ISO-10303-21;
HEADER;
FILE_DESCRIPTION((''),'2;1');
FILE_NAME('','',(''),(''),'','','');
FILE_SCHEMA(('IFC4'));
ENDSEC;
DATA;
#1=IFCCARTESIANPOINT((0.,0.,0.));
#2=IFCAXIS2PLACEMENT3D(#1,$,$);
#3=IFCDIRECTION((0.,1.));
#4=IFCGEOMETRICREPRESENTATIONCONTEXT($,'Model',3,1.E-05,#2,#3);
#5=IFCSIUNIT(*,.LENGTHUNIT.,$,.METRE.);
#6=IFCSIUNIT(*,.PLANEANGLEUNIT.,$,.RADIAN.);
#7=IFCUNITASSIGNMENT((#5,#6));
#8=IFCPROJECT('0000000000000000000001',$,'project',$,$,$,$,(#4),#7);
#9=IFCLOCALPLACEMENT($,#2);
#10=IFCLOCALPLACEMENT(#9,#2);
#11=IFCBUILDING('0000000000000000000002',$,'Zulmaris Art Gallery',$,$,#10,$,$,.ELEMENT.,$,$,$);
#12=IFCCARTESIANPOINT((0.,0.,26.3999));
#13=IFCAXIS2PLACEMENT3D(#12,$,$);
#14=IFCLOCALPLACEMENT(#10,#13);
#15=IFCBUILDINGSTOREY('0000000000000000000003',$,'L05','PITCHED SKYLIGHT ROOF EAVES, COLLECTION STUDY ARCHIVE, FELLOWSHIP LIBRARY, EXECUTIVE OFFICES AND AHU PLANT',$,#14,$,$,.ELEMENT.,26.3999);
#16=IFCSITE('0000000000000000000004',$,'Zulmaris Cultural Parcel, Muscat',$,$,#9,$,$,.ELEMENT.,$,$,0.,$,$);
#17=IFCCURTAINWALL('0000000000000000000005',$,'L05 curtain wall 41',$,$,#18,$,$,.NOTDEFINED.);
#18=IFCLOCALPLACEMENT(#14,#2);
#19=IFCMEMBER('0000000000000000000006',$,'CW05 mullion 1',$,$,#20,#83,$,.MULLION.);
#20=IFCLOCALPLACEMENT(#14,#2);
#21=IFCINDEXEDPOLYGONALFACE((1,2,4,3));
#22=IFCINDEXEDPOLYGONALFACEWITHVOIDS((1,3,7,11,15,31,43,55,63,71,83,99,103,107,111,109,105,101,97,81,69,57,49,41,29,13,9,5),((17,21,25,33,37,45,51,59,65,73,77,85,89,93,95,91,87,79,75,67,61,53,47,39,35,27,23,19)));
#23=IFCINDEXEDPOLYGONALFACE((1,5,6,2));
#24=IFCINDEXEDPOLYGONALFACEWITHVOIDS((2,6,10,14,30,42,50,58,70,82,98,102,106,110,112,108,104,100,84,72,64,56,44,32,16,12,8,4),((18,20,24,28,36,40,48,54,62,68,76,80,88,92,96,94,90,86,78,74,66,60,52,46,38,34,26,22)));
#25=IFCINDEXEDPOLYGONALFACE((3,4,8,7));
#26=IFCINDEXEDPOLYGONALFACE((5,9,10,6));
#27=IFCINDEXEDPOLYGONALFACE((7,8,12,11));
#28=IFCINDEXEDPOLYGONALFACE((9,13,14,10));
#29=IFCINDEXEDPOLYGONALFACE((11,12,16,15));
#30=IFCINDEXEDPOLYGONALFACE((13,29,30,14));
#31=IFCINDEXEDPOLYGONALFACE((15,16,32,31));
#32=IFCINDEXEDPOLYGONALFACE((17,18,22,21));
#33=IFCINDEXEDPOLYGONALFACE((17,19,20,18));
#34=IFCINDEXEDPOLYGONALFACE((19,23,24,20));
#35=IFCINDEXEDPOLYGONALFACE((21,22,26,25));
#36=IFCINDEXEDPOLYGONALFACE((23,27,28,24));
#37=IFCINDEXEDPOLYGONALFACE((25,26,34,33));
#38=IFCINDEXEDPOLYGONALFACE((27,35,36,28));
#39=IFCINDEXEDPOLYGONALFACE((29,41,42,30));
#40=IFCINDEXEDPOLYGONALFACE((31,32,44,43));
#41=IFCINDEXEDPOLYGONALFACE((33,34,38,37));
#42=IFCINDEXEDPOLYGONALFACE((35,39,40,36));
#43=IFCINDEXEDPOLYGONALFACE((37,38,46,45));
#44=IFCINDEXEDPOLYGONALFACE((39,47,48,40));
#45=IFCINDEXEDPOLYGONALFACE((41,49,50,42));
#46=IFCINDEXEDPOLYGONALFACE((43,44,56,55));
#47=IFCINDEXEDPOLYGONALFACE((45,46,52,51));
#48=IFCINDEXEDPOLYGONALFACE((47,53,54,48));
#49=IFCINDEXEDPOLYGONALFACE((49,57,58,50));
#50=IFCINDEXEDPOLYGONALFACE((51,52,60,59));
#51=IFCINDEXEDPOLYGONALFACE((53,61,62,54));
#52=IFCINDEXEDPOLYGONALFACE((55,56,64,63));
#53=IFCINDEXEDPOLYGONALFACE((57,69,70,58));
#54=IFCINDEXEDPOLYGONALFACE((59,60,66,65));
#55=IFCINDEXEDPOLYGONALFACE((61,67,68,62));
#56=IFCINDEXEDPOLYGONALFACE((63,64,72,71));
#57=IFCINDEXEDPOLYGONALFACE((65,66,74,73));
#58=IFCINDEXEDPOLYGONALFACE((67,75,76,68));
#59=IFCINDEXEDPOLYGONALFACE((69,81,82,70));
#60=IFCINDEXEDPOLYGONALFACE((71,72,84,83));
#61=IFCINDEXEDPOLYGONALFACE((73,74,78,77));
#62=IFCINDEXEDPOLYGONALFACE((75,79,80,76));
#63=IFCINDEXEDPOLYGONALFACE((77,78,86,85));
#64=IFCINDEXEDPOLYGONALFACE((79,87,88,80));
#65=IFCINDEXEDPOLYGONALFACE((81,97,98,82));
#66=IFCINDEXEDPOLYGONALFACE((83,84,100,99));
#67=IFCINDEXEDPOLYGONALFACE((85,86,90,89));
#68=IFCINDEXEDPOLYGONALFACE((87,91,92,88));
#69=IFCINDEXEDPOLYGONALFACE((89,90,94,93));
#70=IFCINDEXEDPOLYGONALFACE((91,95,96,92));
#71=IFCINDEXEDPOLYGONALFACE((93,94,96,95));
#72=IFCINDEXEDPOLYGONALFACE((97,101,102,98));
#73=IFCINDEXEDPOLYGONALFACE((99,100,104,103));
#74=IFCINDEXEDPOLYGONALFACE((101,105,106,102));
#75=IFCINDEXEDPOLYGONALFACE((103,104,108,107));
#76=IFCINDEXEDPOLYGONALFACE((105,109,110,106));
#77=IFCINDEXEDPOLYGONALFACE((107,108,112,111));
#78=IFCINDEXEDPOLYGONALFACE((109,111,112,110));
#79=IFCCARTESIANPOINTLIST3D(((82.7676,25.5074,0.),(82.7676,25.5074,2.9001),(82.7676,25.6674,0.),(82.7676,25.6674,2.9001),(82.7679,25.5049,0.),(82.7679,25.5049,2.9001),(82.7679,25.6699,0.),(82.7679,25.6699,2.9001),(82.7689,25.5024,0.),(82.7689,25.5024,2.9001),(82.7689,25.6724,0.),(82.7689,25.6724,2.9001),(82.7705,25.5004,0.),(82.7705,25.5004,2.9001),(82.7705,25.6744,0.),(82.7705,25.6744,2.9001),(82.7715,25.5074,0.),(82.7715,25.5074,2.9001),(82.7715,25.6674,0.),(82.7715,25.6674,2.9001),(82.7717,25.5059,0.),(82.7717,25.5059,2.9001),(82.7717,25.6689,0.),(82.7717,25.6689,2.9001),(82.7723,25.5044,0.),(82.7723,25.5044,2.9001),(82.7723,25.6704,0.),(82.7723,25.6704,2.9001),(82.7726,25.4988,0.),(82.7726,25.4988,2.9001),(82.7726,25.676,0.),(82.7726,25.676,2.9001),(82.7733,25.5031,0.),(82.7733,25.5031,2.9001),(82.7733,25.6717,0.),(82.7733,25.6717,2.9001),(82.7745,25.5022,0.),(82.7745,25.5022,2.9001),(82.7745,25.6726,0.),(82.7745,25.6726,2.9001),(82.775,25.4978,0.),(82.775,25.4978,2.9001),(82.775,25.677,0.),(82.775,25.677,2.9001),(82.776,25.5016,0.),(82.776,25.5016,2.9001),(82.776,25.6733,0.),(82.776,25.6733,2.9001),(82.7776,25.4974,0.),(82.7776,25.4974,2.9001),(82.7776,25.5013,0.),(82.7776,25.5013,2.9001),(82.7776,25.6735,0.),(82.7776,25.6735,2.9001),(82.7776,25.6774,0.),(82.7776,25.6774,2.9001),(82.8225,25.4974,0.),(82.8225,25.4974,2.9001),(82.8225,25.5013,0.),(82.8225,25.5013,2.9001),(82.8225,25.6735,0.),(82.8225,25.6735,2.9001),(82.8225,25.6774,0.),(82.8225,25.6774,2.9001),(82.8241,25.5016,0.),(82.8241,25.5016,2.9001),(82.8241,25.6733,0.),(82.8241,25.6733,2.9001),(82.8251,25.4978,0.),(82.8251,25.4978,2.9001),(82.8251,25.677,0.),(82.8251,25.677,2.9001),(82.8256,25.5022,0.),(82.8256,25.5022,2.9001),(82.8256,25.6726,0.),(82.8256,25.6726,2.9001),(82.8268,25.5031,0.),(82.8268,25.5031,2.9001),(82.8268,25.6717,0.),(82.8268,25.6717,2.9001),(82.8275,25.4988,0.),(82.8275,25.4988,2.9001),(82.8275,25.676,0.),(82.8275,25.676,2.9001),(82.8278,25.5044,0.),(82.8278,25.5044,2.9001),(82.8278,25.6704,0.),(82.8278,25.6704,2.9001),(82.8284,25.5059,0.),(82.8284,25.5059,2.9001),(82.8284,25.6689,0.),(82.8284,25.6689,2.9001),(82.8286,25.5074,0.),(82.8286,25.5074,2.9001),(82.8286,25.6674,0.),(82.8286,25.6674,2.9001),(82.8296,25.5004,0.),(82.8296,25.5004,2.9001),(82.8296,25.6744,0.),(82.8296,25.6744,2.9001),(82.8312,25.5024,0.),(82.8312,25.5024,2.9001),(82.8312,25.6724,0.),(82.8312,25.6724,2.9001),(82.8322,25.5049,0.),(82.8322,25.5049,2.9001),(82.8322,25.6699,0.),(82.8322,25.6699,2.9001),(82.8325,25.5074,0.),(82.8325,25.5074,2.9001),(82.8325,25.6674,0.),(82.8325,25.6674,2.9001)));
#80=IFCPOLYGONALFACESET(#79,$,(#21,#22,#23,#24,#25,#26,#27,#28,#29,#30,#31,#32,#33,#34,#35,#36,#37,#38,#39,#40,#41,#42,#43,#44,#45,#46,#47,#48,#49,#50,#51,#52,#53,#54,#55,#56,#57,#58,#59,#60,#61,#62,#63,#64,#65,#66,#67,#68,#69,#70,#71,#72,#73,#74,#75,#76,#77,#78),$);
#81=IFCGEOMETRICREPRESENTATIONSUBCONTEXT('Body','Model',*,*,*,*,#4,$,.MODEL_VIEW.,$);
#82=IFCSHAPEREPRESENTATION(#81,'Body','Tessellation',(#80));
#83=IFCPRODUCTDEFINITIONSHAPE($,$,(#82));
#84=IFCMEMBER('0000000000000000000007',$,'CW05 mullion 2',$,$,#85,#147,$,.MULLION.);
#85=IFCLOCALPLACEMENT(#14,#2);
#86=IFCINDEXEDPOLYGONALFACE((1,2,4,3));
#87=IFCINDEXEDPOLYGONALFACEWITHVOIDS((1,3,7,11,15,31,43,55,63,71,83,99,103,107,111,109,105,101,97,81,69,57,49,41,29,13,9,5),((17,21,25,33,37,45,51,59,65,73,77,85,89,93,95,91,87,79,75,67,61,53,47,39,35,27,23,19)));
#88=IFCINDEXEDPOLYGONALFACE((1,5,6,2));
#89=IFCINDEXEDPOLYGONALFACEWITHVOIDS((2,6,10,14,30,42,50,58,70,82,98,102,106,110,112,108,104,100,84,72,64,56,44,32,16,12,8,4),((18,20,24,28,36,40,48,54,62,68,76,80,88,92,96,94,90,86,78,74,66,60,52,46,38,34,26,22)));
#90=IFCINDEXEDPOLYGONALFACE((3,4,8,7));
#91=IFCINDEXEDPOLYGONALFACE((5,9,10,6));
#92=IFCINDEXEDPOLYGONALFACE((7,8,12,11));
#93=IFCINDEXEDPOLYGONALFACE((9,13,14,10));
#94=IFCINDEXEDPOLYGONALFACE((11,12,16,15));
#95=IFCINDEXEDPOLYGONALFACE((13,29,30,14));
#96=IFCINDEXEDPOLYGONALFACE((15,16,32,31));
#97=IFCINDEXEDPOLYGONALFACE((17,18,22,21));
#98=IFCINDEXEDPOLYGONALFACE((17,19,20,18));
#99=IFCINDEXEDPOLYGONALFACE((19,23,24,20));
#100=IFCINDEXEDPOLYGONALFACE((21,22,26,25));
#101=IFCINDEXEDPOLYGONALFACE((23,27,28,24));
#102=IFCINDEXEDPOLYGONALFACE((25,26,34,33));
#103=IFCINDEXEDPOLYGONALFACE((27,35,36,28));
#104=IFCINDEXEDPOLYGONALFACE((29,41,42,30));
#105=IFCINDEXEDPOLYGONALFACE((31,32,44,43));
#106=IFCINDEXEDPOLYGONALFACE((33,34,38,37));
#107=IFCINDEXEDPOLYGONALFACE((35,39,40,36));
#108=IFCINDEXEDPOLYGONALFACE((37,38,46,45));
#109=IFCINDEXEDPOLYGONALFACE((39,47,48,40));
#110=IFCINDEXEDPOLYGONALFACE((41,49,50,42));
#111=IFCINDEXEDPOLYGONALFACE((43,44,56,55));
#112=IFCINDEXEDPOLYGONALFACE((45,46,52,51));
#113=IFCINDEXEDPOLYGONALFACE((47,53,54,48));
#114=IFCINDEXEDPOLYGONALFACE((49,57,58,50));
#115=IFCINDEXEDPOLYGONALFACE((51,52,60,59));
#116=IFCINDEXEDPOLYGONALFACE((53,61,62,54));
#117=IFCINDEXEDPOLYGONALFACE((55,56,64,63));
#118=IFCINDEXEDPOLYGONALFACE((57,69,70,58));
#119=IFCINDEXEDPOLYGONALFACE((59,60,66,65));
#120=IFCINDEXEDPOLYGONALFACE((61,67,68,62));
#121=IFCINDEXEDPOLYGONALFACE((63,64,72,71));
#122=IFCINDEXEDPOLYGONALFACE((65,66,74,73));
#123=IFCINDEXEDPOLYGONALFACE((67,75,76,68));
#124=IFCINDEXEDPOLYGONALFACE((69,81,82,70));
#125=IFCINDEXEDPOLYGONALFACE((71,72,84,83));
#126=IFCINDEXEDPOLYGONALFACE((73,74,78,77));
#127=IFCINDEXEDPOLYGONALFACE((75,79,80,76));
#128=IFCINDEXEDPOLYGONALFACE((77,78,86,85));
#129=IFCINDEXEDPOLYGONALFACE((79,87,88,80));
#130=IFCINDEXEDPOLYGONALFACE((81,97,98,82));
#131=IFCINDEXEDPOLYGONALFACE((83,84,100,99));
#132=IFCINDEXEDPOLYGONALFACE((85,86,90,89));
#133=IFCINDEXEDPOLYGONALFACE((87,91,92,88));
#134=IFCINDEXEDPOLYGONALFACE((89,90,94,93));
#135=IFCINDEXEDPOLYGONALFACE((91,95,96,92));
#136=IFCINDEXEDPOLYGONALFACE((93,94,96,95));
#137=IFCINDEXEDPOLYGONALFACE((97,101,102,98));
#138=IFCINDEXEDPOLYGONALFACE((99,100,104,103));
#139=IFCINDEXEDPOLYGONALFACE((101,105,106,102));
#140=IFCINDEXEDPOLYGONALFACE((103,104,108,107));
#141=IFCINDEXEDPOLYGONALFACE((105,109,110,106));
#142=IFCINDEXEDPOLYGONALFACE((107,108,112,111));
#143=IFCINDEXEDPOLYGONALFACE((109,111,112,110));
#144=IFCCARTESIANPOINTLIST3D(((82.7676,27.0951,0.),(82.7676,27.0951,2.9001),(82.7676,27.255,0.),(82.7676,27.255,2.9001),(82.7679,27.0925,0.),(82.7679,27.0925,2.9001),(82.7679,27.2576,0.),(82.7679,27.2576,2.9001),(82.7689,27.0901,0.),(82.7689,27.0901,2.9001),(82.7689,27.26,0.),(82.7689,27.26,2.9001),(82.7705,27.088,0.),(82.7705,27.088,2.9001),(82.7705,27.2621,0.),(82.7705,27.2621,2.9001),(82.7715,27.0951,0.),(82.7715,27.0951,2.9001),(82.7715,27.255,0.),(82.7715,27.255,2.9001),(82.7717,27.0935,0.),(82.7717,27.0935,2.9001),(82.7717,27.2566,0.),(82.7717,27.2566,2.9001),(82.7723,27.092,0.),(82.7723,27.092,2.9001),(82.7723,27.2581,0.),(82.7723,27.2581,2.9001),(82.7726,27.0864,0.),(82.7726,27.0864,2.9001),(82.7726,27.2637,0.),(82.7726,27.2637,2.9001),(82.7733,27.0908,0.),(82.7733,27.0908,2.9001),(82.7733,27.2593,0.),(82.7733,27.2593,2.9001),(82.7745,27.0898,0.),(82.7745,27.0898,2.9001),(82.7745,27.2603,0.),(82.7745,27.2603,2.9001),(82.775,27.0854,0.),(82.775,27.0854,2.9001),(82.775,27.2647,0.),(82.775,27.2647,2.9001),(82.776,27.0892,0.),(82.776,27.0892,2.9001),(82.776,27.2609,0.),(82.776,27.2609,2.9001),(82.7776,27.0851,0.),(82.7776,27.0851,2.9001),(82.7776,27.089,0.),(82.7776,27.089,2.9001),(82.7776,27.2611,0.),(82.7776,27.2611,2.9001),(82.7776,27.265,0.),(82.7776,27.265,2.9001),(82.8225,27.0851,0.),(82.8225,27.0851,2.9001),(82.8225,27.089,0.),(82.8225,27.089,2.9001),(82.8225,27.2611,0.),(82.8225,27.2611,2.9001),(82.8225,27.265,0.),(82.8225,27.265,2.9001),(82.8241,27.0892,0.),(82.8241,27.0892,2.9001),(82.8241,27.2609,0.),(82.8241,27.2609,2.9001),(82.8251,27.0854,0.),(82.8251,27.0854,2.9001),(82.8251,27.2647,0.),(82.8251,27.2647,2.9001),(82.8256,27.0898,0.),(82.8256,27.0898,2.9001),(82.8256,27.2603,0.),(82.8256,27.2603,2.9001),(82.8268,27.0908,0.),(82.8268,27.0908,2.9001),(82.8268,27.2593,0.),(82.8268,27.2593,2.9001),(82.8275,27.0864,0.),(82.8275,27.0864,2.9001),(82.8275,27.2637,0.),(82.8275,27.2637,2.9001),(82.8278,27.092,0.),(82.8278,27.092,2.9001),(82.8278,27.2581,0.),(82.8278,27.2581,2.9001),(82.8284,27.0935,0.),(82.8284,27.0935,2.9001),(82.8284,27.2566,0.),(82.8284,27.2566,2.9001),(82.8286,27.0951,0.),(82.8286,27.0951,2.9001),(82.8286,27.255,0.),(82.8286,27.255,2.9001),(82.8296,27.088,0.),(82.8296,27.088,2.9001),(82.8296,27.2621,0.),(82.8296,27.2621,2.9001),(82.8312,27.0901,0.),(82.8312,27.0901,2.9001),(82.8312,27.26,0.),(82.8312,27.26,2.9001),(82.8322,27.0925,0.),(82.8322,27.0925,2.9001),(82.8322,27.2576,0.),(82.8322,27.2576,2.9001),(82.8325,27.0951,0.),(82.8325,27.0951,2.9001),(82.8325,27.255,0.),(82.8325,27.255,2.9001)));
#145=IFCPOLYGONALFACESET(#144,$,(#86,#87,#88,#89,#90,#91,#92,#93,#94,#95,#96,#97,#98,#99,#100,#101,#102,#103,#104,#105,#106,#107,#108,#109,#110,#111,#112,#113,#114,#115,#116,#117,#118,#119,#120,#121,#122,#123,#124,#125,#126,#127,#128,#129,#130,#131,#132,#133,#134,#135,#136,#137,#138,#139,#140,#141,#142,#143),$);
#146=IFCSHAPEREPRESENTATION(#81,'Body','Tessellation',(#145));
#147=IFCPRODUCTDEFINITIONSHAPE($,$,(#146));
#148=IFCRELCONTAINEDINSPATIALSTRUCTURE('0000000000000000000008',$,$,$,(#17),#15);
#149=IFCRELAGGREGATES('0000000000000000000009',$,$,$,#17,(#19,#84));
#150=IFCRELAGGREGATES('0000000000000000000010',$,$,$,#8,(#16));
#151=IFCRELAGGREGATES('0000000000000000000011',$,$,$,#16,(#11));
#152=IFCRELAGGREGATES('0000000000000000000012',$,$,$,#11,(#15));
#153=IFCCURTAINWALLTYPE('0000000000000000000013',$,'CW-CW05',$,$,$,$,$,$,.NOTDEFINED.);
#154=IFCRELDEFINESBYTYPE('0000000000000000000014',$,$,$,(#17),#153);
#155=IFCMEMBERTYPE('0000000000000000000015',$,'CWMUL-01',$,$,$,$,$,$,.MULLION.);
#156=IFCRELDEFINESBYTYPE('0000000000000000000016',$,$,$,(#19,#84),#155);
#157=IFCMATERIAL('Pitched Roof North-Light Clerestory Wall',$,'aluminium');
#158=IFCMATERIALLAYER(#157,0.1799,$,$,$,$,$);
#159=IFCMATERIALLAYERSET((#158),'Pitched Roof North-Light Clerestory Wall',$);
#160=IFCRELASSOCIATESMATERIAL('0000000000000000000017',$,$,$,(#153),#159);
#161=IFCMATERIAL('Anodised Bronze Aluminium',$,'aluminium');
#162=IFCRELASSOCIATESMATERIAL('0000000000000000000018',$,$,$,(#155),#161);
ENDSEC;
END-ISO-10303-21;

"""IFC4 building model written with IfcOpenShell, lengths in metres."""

from ifc_helpers import new_model, si_unit, direction, frame, origin, origin_2d, place, context, subcontext, project, spatial, hollow_rectangle, extrude, material, layer, layer_set, material_profile, profile_set, type_object, element, aggregate, save


model = new_model("IFC4")

# Units and contexts
model_context = context("Model", 3, precision=1e-05, world=origin(), true_north=direction((0.0, 1.0)))
body_context = subcontext(model_context, "Body", "Model", "MODEL_VIEW")
ifc_project = project(units=[si_unit("LENGTHUNIT", "METRE"), si_unit("PLANEANGLEUNIT", "RADIAN")], contexts=[model_context])

# Site, building, storey
site_placement = place(None, origin())
site = spatial("IfcSite", under=ifc_project, at=site_placement, Name="Zulmaris Cultural Parcel, Muscat", CompositionType="ELEMENT", RefElevation=0.0)
building_placement = place(site_placement, origin())
building = spatial("IfcBuilding", under=site, at=building_placement, Name="Zulmaris Art Gallery", CompositionType="ELEMENT")
storey_placement = place(building_placement, frame((0.0, 0.0, 26.3999)))
storey = spatial("IfcBuildingStorey", under=building, at=storey_placement, Name="L05", Description="PITCHED SKYLIGHT ROOF EAVES, COLLECTION STUDY ARCHIVE, FELLOWSHIP LIBRARY, EXECUTIVE OFFICES AND AHU PLANT", CompositionType="ELEMENT", Elevation=26.3999)

# Curtain wall, members
ifc_material_1 = material(Name="Pitched Roof North-Light Clerestory Wall", Category="aluminium")
ifc_layer_1 = layer(ifc_material_1, 0.1799)
ifc_layer_set_1 = layer_set([ifc_layer_1], Name="Pitched Roof North-Light Clerestory Wall")
curtain_wall_type = type_object("IfcCurtainWallType", Name="CW-CW05", PredefinedType="NOTDEFINED", material=ifc_layer_set_1)
curtain_wall_placement = place(storey_placement, origin())
curtain_wall = element("IfcCurtainWall", 1, at=curtain_wall_placement, inside=storey, type_object=curtain_wall_type, Name="L05 curtain wall 41", PredefinedType="NOTDEFINED")
ifc_material_2 = material(Name="Anodised Bronze Aluminium", Category="aluminium")
ifc_material_profile_1 = material_profile(ifc_material_2, hollow_rectangle(XDim=0.0649, YDim=0.1799, WallThickness=0.0039, InnerFilletRadius=0.0061, OuterFilletRadius=0.01, at=origin_2d()), Name="ALU 65x180x4")
ifc_profile_set_1 = profile_set([ifc_material_profile_1], Name="Anodised Bronze Aluminium")
member_type_1 = type_object("IfcMemberType", Name="CWMUL-01", PredefinedType="MULLION", material=ifc_profile_set_1)
member_1_placement = place(storey_placement, frame((82.8, 25.5874, 0.0), z_axis=(0.0, 0.0, 1.0), x_axis=(-1.0, 0.0, 0.0)))
member_1 = element("IfcMember", 2, at=member_1_placement, type_object=member_type_1, Name="CW05 mullion 1", PredefinedType="MULLION", context=body_context, shape_type="SweptSolid", body=[
    extrude(hollow_rectangle(XDim=0.0649, YDim=0.1799, WallThickness=0.0039, InnerFilletRadius=0.0061, OuterFilletRadius=0.01, at=origin_2d()), origin(), (0.0, 0.0, 1.0), 2.9001),
])
member_2_placement = place(storey_placement, frame((82.8, 27.175, 0.0), z_axis=(0.0, 0.0, 1.0), x_axis=(-1.0, 0.0, 0.0)))
member_2 = element("IfcMember", 3, at=member_2_placement, type_object=member_type_1, Name="CW05 mullion 2", PredefinedType="MULLION", context=body_context, shape_type="SweptSolid", body=[
    extrude(hollow_rectangle(XDim=0.0649, YDim=0.1799, WallThickness=0.0039, InnerFilletRadius=0.0061, OuterFilletRadius=0.01, at=origin_2d()), origin(), (0.0, 0.0, 1.0), 2.9001),
])

aggregate(curtain_wall, [member_1, member_2])

save(model, "model.ifc")
